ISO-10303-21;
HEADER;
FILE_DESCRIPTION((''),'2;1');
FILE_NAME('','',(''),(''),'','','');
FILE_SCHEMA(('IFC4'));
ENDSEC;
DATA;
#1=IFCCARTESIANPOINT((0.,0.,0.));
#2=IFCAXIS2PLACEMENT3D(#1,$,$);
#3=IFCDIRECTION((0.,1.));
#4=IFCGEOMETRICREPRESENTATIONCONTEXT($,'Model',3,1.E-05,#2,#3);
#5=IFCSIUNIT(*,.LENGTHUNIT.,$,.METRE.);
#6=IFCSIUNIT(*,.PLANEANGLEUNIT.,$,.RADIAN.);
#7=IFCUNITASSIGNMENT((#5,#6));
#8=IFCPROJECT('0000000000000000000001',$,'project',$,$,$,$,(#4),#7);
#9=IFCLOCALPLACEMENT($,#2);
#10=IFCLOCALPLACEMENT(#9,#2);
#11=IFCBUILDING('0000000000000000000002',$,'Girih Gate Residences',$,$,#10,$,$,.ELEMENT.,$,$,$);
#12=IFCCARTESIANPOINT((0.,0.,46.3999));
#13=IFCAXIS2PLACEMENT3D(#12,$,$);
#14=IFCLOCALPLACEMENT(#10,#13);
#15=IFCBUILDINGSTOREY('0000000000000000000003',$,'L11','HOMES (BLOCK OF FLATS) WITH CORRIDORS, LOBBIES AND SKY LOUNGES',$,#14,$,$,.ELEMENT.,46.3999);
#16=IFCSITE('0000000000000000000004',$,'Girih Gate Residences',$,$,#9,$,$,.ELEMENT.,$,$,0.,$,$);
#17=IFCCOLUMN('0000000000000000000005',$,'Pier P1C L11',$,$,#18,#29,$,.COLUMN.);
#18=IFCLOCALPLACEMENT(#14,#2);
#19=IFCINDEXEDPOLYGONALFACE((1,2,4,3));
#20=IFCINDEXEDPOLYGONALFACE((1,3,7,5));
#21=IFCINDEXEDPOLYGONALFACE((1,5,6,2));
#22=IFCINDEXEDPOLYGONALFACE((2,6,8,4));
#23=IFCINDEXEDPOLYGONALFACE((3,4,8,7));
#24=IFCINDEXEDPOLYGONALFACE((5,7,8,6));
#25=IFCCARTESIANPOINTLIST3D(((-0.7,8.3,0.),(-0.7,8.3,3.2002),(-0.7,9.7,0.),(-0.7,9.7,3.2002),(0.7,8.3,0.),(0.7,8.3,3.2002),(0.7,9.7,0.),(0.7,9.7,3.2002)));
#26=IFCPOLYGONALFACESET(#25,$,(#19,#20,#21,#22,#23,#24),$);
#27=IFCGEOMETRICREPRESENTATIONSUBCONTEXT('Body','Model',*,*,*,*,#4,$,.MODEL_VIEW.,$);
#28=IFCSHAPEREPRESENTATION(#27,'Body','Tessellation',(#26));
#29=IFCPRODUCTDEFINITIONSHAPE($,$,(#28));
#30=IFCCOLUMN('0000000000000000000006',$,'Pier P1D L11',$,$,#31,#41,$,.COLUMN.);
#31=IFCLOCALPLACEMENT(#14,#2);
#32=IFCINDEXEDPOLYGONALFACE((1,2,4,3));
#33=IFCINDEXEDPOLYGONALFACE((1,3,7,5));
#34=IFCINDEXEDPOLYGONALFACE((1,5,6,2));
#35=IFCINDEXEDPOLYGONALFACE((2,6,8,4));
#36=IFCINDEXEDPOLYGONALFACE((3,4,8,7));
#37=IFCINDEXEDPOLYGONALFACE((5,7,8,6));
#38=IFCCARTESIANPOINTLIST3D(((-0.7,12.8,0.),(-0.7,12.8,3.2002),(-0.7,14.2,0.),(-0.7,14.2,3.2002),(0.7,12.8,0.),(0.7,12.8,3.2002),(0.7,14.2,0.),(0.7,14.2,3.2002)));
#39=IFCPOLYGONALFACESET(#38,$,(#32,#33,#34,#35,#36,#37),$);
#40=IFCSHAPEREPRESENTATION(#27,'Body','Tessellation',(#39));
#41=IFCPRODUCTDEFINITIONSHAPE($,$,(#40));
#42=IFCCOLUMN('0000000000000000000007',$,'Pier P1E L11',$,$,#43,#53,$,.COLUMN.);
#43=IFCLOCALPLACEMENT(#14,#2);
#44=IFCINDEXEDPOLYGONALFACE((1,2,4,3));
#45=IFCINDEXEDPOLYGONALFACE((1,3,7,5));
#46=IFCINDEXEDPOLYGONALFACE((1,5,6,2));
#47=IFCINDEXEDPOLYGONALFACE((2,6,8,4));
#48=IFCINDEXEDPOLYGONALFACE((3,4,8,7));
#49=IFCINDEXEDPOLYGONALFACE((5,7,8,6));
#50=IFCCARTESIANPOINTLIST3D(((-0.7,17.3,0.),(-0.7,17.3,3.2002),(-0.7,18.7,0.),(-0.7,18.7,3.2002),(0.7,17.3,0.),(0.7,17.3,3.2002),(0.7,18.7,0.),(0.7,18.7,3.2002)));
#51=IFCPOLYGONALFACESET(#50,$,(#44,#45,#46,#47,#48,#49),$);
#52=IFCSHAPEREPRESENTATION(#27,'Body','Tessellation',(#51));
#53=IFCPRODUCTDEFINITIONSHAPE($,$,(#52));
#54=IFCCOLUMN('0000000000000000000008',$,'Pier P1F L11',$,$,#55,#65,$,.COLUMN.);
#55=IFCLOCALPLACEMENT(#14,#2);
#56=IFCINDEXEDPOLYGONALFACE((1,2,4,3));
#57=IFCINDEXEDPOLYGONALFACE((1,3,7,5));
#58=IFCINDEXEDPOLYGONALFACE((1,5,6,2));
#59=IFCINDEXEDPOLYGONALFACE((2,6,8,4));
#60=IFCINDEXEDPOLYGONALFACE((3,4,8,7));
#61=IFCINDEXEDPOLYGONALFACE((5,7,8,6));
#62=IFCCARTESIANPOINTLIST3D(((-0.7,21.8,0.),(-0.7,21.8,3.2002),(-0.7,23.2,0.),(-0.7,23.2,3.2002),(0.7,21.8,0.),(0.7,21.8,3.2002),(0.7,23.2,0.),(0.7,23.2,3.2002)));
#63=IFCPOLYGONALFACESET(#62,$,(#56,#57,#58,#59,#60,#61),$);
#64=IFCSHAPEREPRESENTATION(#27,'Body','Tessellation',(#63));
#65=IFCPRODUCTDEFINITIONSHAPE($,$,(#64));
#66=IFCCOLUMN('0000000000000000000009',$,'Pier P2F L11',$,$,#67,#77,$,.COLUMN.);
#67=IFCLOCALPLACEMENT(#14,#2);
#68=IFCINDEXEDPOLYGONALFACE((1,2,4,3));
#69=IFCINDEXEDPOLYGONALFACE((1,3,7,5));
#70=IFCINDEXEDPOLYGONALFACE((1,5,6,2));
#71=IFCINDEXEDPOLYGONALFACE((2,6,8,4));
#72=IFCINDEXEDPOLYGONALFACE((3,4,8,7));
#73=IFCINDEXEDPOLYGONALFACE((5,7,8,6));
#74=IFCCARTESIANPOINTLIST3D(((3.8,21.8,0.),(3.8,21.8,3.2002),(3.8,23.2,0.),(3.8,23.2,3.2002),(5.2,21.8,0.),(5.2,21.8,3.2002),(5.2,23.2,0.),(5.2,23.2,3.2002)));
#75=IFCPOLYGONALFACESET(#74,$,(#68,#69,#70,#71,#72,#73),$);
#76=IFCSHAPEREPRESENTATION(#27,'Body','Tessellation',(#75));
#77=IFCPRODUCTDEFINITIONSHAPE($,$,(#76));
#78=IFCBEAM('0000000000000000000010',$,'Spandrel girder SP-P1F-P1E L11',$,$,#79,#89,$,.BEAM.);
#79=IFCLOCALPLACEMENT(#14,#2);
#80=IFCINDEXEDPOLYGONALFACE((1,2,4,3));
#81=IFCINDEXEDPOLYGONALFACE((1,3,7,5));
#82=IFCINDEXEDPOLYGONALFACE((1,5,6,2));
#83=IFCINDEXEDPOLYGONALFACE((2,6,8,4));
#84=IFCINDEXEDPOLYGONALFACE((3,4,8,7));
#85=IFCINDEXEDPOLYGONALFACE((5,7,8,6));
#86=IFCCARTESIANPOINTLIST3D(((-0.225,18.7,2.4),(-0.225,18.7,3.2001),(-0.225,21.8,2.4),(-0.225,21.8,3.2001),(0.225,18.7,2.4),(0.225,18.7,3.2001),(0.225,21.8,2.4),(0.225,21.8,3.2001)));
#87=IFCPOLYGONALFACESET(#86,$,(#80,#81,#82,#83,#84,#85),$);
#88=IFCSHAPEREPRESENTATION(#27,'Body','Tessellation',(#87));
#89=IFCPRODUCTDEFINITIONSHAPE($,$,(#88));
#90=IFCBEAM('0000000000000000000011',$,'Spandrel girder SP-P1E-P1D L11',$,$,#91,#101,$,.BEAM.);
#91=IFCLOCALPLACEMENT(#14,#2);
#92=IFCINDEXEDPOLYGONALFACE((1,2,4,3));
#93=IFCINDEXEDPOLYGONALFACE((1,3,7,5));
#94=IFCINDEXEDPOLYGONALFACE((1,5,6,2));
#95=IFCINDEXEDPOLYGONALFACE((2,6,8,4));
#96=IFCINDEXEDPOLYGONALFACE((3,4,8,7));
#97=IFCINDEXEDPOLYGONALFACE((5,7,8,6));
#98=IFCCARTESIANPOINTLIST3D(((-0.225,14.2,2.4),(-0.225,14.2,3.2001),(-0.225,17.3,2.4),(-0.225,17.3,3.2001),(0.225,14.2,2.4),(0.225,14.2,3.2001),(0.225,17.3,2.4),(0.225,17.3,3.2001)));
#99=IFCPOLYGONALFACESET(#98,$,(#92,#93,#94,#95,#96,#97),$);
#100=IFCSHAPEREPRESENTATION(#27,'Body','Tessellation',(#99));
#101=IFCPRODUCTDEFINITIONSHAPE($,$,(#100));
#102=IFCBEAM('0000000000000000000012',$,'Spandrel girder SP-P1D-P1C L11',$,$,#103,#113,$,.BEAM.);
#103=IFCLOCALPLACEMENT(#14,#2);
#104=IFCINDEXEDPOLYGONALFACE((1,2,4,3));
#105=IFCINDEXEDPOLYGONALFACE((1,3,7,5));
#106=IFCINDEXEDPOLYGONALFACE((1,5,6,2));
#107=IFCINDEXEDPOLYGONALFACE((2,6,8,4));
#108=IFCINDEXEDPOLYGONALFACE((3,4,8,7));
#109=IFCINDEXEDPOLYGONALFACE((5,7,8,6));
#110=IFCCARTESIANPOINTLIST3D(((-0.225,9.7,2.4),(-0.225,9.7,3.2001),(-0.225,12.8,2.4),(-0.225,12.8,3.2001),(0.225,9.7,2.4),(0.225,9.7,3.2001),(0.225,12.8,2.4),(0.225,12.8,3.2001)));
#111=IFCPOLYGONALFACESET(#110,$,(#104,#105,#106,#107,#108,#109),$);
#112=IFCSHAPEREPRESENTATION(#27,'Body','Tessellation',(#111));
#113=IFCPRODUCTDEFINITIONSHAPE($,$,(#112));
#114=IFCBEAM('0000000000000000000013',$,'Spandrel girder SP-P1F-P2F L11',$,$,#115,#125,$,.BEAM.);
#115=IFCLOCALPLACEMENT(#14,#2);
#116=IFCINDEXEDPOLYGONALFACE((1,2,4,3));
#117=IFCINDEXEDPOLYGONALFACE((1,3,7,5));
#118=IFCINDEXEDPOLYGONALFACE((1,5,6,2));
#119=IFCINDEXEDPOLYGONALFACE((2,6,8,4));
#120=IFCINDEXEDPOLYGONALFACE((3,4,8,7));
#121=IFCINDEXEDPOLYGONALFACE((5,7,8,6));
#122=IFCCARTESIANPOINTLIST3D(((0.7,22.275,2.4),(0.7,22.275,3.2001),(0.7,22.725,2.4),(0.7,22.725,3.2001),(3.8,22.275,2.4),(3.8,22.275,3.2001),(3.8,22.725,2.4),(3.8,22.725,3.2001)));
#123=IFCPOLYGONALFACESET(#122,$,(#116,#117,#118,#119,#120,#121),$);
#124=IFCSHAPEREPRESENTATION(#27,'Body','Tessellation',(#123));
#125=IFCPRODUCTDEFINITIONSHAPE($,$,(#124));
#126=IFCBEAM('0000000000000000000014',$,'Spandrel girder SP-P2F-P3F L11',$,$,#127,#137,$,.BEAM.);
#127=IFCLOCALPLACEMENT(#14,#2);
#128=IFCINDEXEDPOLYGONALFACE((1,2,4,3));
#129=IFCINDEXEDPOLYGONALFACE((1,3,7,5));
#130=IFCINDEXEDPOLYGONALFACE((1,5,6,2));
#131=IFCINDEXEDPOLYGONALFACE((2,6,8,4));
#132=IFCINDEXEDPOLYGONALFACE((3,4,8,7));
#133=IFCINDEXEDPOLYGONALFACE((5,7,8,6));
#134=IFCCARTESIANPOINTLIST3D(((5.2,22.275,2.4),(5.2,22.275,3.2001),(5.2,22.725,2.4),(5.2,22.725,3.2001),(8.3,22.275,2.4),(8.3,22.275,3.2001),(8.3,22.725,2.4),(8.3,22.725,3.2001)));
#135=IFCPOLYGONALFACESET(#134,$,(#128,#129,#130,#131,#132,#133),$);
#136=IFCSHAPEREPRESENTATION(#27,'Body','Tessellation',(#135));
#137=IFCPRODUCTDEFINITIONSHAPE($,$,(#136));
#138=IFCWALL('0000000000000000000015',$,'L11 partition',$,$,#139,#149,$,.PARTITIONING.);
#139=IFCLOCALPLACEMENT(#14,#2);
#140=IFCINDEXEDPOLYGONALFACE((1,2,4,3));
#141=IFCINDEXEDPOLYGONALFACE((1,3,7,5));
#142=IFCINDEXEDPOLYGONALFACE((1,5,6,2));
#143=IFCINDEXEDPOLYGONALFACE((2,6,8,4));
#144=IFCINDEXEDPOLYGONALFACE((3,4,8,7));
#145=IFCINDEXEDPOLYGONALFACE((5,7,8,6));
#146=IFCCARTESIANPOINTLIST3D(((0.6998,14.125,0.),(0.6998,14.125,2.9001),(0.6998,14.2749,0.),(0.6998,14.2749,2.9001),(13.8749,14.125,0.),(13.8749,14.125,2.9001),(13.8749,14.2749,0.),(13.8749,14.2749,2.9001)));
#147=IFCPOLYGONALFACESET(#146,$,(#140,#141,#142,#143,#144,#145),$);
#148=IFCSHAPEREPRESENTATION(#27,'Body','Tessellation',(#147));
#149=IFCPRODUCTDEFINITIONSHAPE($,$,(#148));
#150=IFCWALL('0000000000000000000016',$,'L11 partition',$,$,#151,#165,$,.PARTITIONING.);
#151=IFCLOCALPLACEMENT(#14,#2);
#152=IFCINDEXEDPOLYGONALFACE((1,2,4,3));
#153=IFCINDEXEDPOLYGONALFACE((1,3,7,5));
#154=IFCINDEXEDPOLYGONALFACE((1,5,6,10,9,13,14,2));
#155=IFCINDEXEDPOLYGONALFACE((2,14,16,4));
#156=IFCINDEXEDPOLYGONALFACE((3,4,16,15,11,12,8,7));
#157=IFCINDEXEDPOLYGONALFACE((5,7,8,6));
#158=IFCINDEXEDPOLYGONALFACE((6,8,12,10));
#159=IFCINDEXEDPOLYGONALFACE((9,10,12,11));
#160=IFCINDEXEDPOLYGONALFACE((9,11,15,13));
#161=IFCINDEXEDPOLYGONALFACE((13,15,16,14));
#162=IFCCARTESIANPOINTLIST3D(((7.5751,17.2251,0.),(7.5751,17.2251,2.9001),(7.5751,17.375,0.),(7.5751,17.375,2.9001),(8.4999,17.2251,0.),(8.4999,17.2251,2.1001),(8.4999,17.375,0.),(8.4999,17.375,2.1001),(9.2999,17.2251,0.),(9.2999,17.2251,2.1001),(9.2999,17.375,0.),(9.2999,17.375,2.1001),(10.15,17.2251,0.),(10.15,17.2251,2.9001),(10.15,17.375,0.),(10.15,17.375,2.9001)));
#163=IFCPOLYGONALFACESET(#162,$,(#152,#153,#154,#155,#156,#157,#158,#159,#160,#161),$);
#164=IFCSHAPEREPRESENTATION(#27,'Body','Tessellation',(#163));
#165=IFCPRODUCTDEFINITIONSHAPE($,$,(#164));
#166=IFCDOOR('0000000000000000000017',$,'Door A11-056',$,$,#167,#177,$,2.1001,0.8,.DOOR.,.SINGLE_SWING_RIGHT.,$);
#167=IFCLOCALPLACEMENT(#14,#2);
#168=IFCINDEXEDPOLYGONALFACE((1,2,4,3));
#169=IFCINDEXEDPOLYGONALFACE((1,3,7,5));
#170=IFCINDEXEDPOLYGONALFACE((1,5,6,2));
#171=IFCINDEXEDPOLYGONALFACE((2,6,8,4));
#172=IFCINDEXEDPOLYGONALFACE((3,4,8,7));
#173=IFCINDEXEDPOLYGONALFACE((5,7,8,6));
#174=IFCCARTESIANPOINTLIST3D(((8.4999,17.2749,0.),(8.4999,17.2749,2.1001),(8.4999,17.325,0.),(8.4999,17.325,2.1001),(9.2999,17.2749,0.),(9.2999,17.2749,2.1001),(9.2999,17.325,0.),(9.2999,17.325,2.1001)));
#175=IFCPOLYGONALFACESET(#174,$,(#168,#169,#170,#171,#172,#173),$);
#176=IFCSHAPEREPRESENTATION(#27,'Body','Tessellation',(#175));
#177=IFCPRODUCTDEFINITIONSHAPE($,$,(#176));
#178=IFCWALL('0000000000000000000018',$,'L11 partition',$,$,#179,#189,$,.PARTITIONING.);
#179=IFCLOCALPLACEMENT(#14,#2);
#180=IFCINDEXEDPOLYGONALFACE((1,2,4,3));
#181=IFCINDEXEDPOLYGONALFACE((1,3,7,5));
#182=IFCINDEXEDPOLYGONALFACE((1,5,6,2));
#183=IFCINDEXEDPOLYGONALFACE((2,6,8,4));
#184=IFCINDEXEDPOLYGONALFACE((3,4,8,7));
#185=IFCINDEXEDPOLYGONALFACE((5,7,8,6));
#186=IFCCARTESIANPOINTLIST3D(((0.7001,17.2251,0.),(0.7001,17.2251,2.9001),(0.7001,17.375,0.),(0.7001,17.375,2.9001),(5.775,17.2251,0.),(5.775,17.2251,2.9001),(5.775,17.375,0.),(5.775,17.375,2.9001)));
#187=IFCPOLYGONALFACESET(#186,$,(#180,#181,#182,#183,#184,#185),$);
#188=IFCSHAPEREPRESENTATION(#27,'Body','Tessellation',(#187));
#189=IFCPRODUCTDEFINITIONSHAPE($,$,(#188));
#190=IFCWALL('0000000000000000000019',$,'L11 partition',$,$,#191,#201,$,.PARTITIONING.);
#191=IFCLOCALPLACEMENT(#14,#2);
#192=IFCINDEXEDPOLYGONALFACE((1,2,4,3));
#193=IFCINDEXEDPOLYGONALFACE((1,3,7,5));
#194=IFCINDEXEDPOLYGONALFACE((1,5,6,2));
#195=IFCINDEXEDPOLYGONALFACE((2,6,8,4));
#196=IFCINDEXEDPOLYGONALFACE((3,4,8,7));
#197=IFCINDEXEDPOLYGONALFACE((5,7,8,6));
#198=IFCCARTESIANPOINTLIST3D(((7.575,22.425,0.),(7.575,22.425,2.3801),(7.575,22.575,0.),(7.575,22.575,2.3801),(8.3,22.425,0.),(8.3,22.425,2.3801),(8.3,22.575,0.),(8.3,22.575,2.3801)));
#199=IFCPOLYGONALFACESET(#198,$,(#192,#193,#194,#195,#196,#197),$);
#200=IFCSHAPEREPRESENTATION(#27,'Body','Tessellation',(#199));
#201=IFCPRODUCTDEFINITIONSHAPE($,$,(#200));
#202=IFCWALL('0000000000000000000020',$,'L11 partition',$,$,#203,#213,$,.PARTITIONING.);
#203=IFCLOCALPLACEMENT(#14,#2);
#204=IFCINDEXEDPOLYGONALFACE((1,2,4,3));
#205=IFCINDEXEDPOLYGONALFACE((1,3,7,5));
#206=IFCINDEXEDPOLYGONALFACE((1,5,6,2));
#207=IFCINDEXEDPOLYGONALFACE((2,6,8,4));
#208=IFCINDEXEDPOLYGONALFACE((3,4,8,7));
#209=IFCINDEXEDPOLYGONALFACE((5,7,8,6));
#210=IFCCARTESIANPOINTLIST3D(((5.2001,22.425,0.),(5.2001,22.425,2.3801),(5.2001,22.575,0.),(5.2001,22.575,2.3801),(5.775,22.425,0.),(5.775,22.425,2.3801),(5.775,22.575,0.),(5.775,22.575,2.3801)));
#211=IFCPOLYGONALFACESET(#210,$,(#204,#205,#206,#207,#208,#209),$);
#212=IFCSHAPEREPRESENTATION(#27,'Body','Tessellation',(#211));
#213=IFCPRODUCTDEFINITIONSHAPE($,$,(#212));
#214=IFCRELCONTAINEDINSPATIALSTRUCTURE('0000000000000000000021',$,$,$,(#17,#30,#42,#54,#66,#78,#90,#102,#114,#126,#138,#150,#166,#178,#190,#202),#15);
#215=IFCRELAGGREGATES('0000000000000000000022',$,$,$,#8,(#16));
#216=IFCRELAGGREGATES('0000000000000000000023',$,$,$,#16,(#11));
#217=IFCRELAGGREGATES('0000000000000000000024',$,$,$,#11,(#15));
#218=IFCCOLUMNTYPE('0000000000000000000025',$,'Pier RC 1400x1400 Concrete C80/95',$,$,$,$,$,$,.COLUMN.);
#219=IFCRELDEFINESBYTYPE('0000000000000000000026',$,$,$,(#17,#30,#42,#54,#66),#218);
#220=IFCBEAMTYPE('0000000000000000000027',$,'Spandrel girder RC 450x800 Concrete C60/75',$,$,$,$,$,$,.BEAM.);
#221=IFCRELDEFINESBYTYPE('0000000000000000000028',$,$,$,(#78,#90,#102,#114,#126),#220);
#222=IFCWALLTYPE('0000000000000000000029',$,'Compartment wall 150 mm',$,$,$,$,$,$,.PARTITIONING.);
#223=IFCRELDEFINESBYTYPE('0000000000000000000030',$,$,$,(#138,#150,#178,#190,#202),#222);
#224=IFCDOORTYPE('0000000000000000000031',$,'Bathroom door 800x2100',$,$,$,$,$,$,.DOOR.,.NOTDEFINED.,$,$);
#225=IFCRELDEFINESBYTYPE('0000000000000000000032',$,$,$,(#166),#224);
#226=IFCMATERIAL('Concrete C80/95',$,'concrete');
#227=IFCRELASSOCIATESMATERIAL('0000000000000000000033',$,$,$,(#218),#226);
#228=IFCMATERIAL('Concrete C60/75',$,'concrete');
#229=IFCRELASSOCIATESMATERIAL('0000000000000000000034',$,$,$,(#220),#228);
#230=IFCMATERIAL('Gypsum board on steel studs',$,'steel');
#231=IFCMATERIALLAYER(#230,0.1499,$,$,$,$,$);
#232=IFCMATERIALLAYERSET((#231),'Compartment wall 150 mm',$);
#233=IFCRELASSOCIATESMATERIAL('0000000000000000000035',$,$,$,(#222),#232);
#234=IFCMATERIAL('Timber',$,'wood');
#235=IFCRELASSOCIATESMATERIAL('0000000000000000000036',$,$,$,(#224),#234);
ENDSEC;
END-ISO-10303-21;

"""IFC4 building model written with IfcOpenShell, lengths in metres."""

from ifc_helpers import new_model, si_unit, direction, frame, frame_2d, origin, origin_2d, place, context, subcontext, project, spatial, rectangle, extrude, material, layer, layer_set, material_profile, profile_set, type_object, element, fill, save


model = new_model("IFC4")

# Units and contexts
model_context = context("Model", 3, precision=1e-05, world=origin(), true_north=direction((0.0, 1.0)))
body_context = subcontext(model_context, "Body", "Model", "MODEL_VIEW")
ifc_project = project(units=[si_unit("LENGTHUNIT", "METRE"), si_unit("PLANEANGLEUNIT", "RADIAN")], contexts=[model_context])

# Site, building, storey
site_placement = place(None, origin())
site = spatial("IfcSite", under=ifc_project, at=site_placement, Name="Girih Gate Residences", CompositionType="ELEMENT", RefElevation=0.0)
building_placement = place(site_placement, origin())
building = spatial("IfcBuilding", under=site, at=building_placement, Name="Girih Gate Residences", CompositionType="ELEMENT")
storey_placement = place(building_placement, frame((0.0, 0.0, 46.3999)))
storey = spatial("IfcBuildingStorey", under=building, at=storey_placement, Name="L11", Description="HOMES (BLOCK OF FLATS) WITH CORRIDORS, LOBBIES AND SKY LOUNGES", CompositionType="ELEMENT", Elevation=46.3999)

# Columns
ifc_material_1 = material(Name="Concrete C80/95", Category="concrete")
ifc_material_profile_1 = material_profile(ifc_material_1, rectangle(XDim=1.3999, YDim=1.3999, at=origin_2d()))
ifc_profile_set_1 = profile_set([ifc_material_profile_1], Name="Concrete C80/95")
column_type = type_object("IfcColumnType", Name="Pier RC 1400x1400 Concrete C80/95", PredefinedType="COLUMN", material=ifc_profile_set_1)
for number, where, z_axis, x_axis, name in (
    (1, (0.0, 9.0, 0.0), (0.0, 0.0, 1.0), (1.0, 0.0, 0.0), "Pier P1C L11"),
    (2, (0.0, 13.5, 0.0), (0.0, 0.0, 1.0), (1.0, 0.0, 0.0), "Pier P1D L11"),
    (3, (0.0, 18.0, 0.0), (0.0, 0.0, 1.0), (1.0, 0.0, 0.0), "Pier P1E L11"),
    (4, (0.0, 22.5, 0.0), (0.0, 0.0, 1.0), (1.0, 0.0, 0.0), "Pier P1F L11"),
    (5, (4.5, 22.5, 0.0), (0.0, 0.0, 1.0), (1.0, 0.0, 0.0), "Pier P2F L11"),
):
    element("IfcColumn", number, at=place(storey_placement, frame(where, z_axis=z_axis, x_axis=x_axis)), inside=storey, type_object=column_type, Name=name, PredefinedType="COLUMN", context=body_context, shape_type="SweptSolid", body=[
        extrude(rectangle(XDim=1.3999, YDim=1.3999, at=origin_2d()), origin(), (0.0, 0.0, 1.0), 3.2002),
    ])

# Beams
ifc_material_2 = material(Name="Concrete C60/75", Category="concrete")
ifc_material_profile_2 = material_profile(ifc_material_2, rectangle(XDim=0.45, YDim=0.8, at=origin_2d()))
ifc_profile_set_2 = profile_set([ifc_material_profile_2], Name="Concrete C60/75")
beam_type = type_object("IfcBeamType", Name="Spandrel girder RC 450x800 Concrete C60/75", PredefinedType="BEAM", material=ifc_profile_set_2)
for number, where, z_axis, x_axis, name in (
    (6, (0.0, 21.8, 2.8), (0.0, -1.0, 0.0), (1.0, 0.0, 0.0), "Spandrel girder SP-P1F-P1E L11"),
    (7, (0.0, 17.3, 2.8), (0.0, -1.0, 0.0), (1.0, 0.0, 0.0), "Spandrel girder SP-P1E-P1D L11"),
    (8, (0.0, 12.8, 2.8), (0.0, -1.0, 0.0), (1.0, 0.0, 0.0), "Spandrel girder SP-P1D-P1C L11"),
    (9, (0.7, 22.5, 2.8), (1.0, 0.0, 0.0), (0.0, 1.0, 0.0), "Spandrel girder SP-P1F-P2F L11"),
    (10, (5.2, 22.5, 2.8), (1.0, 0.0, 0.0), (0.0, 1.0, 0.0), "Spandrel girder SP-P2F-P3F L11"),
):
    element("IfcBeam", number, at=place(storey_placement, frame(where, z_axis=z_axis, x_axis=x_axis)), inside=storey, type_object=beam_type, Name=name, PredefinedType="BEAM", context=body_context, shape_type="SweptSolid", body=[
        extrude(rectangle(XDim=0.45, YDim=0.8, at=origin_2d()), origin(), (0.0, 0.0, 1.0), 3.1001),
    ])

# Wall
ifc_material_3 = material(Name="Gypsum board on steel studs", Category="steel")
ifc_layer_1 = layer(ifc_material_3, 0.1499)
ifc_layer_set_1 = layer_set([ifc_layer_1], Name="Compartment wall 150 mm")
wall_type_1 = type_object("IfcWallType", Name="Compartment wall 150 mm", PredefinedType="PARTITIONING", material=ifc_layer_set_1)
wall_1_placement = place(storey_placement, frame((0.7, 14.2, 0.0), z_axis=(0.0, 0.0, 1.0), x_axis=(1.0, 0.0, 0.0)))
element("IfcWall", 11, at=wall_1_placement, inside=storey, type_object=wall_type_1, Name="L11 partition", PredefinedType="PARTITIONING", context=body_context, shape_type="SweptSolid", body=[
    extrude(rectangle(XDim=13.175, YDim=0.1499, at=frame_2d((6.5874, 0.0))), origin(), (0.0, 0.0, 1.0), 2.9001),
])

# Wall, opening, door
wall_2_placement = place(storey_placement, frame((7.575, 17.3, 0.0), z_axis=(0.0, 0.0, 1.0), x_axis=(1.0, 0.0, 0.0)))
wall_2 = element("IfcWall", 12, at=wall_2_placement, inside=storey, type_object=wall_type_1, Name="L11 partition", PredefinedType="PARTITIONING", context=body_context, shape_type="SweptSolid", body=[
    extrude(rectangle(XDim=2.575, YDim=0.1499, at=frame_2d((1.2876, 0.0))), origin(), (0.0, 0.0, 1.0), 2.9001),
])
opening_1_placement = place(wall_2_placement, frame((0.925, 0.0, 0.0)))
opening_1 = element("IfcOpeningElement", 13, at=opening_1_placement, cuts=wall_2, PredefinedType="OPENING", context=body_context, shape_type="SweptSolid", body=[
    extrude(rectangle(XDim=0.8, YDim=2.1001, at=frame_2d((0.3999, 1.05))), frame((0.0, 0.085, 0.0), z_axis=(0.0, -1.0, 0.0), x_axis=(1.0, 0.0, 0.0)), (0.0, 0.0, 1.0), 0.1699),
])
ifc_material_4 = material(Name="Timber", Category="wood")
door_type_1 = type_object("IfcDoorType", Name="Bathroom door 800x2100", OperationType="NOTDEFINED", PredefinedType="DOOR", material=ifc_material_4)
door_1_placement = place(opening_1_placement, origin())
door_1 = element("IfcDoor", 14, at=door_1_placement, inside=storey, type_object=door_type_1, Name="Door A11-056", OperationType="SINGLE_SWING_RIGHT", OverallHeight=2.1001, OverallWidth=0.8, PredefinedType="DOOR", context=body_context, shape_type="SweptSolid", body=[
    extrude(rectangle(XDim=0.8, YDim=2.1001, at=frame_2d((0.3999, 1.05))), frame((0.0, 0.0249, 0.0), z_axis=(0.0, -1.0, 0.0), x_axis=(1.0, 0.0, 0.0)), (0.0, 0.0, 1.0), 0.05),
])
fill(opening_1, door_1)

# Walls
wall_3_placement = place(storey_placement, frame((0.7, 17.3, 0.0), z_axis=(0.0, 0.0, 1.0), x_axis=(1.0, 0.0, 0.0)))
element("IfcWall", 15, at=wall_3_placement, inside=storey, type_object=wall_type_1, Name="L11 partition", PredefinedType="PARTITIONING", context=body_context, shape_type="SweptSolid", body=[
    extrude(rectangle(XDim=5.075, YDim=0.1499, at=frame_2d((2.5376, 0.0))), origin(), (0.0, 0.0, 1.0), 2.9001),
])
wall_4_placement = place(storey_placement, frame((7.575, 22.5, 0.0), z_axis=(0.0, 0.0, 1.0), x_axis=(1.0, 0.0, 0.0)))
element("IfcWall", 16, at=wall_4_placement, inside=storey, type_object=wall_type_1, Name="L11 partition", PredefinedType="PARTITIONING", context=body_context, shape_type="SweptSolid", body=[
    extrude(rectangle(XDim=0.7251, YDim=0.1499, at=frame_2d((0.3625, 0.0))), origin(), (0.0, 0.0, 1.0), 2.3801),
])
wall_5_placement = place(storey_placement, frame((5.2, 22.5, 0.0), z_axis=(0.0, 0.0, 1.0), x_axis=(1.0, 0.0, 0.0)))
element("IfcWall", 17, at=wall_5_placement, inside=storey, type_object=wall_type_1, Name="L11 partition", PredefinedType="PARTITIONING", context=body_context, shape_type="SweptSolid", body=[
    extrude(rectangle(XDim=0.575, YDim=0.1499, at=frame_2d((0.2876, 0.0))), origin(), (0.0, 0.0, 1.0), 2.3801),
])

save(model, "model.ifc")
